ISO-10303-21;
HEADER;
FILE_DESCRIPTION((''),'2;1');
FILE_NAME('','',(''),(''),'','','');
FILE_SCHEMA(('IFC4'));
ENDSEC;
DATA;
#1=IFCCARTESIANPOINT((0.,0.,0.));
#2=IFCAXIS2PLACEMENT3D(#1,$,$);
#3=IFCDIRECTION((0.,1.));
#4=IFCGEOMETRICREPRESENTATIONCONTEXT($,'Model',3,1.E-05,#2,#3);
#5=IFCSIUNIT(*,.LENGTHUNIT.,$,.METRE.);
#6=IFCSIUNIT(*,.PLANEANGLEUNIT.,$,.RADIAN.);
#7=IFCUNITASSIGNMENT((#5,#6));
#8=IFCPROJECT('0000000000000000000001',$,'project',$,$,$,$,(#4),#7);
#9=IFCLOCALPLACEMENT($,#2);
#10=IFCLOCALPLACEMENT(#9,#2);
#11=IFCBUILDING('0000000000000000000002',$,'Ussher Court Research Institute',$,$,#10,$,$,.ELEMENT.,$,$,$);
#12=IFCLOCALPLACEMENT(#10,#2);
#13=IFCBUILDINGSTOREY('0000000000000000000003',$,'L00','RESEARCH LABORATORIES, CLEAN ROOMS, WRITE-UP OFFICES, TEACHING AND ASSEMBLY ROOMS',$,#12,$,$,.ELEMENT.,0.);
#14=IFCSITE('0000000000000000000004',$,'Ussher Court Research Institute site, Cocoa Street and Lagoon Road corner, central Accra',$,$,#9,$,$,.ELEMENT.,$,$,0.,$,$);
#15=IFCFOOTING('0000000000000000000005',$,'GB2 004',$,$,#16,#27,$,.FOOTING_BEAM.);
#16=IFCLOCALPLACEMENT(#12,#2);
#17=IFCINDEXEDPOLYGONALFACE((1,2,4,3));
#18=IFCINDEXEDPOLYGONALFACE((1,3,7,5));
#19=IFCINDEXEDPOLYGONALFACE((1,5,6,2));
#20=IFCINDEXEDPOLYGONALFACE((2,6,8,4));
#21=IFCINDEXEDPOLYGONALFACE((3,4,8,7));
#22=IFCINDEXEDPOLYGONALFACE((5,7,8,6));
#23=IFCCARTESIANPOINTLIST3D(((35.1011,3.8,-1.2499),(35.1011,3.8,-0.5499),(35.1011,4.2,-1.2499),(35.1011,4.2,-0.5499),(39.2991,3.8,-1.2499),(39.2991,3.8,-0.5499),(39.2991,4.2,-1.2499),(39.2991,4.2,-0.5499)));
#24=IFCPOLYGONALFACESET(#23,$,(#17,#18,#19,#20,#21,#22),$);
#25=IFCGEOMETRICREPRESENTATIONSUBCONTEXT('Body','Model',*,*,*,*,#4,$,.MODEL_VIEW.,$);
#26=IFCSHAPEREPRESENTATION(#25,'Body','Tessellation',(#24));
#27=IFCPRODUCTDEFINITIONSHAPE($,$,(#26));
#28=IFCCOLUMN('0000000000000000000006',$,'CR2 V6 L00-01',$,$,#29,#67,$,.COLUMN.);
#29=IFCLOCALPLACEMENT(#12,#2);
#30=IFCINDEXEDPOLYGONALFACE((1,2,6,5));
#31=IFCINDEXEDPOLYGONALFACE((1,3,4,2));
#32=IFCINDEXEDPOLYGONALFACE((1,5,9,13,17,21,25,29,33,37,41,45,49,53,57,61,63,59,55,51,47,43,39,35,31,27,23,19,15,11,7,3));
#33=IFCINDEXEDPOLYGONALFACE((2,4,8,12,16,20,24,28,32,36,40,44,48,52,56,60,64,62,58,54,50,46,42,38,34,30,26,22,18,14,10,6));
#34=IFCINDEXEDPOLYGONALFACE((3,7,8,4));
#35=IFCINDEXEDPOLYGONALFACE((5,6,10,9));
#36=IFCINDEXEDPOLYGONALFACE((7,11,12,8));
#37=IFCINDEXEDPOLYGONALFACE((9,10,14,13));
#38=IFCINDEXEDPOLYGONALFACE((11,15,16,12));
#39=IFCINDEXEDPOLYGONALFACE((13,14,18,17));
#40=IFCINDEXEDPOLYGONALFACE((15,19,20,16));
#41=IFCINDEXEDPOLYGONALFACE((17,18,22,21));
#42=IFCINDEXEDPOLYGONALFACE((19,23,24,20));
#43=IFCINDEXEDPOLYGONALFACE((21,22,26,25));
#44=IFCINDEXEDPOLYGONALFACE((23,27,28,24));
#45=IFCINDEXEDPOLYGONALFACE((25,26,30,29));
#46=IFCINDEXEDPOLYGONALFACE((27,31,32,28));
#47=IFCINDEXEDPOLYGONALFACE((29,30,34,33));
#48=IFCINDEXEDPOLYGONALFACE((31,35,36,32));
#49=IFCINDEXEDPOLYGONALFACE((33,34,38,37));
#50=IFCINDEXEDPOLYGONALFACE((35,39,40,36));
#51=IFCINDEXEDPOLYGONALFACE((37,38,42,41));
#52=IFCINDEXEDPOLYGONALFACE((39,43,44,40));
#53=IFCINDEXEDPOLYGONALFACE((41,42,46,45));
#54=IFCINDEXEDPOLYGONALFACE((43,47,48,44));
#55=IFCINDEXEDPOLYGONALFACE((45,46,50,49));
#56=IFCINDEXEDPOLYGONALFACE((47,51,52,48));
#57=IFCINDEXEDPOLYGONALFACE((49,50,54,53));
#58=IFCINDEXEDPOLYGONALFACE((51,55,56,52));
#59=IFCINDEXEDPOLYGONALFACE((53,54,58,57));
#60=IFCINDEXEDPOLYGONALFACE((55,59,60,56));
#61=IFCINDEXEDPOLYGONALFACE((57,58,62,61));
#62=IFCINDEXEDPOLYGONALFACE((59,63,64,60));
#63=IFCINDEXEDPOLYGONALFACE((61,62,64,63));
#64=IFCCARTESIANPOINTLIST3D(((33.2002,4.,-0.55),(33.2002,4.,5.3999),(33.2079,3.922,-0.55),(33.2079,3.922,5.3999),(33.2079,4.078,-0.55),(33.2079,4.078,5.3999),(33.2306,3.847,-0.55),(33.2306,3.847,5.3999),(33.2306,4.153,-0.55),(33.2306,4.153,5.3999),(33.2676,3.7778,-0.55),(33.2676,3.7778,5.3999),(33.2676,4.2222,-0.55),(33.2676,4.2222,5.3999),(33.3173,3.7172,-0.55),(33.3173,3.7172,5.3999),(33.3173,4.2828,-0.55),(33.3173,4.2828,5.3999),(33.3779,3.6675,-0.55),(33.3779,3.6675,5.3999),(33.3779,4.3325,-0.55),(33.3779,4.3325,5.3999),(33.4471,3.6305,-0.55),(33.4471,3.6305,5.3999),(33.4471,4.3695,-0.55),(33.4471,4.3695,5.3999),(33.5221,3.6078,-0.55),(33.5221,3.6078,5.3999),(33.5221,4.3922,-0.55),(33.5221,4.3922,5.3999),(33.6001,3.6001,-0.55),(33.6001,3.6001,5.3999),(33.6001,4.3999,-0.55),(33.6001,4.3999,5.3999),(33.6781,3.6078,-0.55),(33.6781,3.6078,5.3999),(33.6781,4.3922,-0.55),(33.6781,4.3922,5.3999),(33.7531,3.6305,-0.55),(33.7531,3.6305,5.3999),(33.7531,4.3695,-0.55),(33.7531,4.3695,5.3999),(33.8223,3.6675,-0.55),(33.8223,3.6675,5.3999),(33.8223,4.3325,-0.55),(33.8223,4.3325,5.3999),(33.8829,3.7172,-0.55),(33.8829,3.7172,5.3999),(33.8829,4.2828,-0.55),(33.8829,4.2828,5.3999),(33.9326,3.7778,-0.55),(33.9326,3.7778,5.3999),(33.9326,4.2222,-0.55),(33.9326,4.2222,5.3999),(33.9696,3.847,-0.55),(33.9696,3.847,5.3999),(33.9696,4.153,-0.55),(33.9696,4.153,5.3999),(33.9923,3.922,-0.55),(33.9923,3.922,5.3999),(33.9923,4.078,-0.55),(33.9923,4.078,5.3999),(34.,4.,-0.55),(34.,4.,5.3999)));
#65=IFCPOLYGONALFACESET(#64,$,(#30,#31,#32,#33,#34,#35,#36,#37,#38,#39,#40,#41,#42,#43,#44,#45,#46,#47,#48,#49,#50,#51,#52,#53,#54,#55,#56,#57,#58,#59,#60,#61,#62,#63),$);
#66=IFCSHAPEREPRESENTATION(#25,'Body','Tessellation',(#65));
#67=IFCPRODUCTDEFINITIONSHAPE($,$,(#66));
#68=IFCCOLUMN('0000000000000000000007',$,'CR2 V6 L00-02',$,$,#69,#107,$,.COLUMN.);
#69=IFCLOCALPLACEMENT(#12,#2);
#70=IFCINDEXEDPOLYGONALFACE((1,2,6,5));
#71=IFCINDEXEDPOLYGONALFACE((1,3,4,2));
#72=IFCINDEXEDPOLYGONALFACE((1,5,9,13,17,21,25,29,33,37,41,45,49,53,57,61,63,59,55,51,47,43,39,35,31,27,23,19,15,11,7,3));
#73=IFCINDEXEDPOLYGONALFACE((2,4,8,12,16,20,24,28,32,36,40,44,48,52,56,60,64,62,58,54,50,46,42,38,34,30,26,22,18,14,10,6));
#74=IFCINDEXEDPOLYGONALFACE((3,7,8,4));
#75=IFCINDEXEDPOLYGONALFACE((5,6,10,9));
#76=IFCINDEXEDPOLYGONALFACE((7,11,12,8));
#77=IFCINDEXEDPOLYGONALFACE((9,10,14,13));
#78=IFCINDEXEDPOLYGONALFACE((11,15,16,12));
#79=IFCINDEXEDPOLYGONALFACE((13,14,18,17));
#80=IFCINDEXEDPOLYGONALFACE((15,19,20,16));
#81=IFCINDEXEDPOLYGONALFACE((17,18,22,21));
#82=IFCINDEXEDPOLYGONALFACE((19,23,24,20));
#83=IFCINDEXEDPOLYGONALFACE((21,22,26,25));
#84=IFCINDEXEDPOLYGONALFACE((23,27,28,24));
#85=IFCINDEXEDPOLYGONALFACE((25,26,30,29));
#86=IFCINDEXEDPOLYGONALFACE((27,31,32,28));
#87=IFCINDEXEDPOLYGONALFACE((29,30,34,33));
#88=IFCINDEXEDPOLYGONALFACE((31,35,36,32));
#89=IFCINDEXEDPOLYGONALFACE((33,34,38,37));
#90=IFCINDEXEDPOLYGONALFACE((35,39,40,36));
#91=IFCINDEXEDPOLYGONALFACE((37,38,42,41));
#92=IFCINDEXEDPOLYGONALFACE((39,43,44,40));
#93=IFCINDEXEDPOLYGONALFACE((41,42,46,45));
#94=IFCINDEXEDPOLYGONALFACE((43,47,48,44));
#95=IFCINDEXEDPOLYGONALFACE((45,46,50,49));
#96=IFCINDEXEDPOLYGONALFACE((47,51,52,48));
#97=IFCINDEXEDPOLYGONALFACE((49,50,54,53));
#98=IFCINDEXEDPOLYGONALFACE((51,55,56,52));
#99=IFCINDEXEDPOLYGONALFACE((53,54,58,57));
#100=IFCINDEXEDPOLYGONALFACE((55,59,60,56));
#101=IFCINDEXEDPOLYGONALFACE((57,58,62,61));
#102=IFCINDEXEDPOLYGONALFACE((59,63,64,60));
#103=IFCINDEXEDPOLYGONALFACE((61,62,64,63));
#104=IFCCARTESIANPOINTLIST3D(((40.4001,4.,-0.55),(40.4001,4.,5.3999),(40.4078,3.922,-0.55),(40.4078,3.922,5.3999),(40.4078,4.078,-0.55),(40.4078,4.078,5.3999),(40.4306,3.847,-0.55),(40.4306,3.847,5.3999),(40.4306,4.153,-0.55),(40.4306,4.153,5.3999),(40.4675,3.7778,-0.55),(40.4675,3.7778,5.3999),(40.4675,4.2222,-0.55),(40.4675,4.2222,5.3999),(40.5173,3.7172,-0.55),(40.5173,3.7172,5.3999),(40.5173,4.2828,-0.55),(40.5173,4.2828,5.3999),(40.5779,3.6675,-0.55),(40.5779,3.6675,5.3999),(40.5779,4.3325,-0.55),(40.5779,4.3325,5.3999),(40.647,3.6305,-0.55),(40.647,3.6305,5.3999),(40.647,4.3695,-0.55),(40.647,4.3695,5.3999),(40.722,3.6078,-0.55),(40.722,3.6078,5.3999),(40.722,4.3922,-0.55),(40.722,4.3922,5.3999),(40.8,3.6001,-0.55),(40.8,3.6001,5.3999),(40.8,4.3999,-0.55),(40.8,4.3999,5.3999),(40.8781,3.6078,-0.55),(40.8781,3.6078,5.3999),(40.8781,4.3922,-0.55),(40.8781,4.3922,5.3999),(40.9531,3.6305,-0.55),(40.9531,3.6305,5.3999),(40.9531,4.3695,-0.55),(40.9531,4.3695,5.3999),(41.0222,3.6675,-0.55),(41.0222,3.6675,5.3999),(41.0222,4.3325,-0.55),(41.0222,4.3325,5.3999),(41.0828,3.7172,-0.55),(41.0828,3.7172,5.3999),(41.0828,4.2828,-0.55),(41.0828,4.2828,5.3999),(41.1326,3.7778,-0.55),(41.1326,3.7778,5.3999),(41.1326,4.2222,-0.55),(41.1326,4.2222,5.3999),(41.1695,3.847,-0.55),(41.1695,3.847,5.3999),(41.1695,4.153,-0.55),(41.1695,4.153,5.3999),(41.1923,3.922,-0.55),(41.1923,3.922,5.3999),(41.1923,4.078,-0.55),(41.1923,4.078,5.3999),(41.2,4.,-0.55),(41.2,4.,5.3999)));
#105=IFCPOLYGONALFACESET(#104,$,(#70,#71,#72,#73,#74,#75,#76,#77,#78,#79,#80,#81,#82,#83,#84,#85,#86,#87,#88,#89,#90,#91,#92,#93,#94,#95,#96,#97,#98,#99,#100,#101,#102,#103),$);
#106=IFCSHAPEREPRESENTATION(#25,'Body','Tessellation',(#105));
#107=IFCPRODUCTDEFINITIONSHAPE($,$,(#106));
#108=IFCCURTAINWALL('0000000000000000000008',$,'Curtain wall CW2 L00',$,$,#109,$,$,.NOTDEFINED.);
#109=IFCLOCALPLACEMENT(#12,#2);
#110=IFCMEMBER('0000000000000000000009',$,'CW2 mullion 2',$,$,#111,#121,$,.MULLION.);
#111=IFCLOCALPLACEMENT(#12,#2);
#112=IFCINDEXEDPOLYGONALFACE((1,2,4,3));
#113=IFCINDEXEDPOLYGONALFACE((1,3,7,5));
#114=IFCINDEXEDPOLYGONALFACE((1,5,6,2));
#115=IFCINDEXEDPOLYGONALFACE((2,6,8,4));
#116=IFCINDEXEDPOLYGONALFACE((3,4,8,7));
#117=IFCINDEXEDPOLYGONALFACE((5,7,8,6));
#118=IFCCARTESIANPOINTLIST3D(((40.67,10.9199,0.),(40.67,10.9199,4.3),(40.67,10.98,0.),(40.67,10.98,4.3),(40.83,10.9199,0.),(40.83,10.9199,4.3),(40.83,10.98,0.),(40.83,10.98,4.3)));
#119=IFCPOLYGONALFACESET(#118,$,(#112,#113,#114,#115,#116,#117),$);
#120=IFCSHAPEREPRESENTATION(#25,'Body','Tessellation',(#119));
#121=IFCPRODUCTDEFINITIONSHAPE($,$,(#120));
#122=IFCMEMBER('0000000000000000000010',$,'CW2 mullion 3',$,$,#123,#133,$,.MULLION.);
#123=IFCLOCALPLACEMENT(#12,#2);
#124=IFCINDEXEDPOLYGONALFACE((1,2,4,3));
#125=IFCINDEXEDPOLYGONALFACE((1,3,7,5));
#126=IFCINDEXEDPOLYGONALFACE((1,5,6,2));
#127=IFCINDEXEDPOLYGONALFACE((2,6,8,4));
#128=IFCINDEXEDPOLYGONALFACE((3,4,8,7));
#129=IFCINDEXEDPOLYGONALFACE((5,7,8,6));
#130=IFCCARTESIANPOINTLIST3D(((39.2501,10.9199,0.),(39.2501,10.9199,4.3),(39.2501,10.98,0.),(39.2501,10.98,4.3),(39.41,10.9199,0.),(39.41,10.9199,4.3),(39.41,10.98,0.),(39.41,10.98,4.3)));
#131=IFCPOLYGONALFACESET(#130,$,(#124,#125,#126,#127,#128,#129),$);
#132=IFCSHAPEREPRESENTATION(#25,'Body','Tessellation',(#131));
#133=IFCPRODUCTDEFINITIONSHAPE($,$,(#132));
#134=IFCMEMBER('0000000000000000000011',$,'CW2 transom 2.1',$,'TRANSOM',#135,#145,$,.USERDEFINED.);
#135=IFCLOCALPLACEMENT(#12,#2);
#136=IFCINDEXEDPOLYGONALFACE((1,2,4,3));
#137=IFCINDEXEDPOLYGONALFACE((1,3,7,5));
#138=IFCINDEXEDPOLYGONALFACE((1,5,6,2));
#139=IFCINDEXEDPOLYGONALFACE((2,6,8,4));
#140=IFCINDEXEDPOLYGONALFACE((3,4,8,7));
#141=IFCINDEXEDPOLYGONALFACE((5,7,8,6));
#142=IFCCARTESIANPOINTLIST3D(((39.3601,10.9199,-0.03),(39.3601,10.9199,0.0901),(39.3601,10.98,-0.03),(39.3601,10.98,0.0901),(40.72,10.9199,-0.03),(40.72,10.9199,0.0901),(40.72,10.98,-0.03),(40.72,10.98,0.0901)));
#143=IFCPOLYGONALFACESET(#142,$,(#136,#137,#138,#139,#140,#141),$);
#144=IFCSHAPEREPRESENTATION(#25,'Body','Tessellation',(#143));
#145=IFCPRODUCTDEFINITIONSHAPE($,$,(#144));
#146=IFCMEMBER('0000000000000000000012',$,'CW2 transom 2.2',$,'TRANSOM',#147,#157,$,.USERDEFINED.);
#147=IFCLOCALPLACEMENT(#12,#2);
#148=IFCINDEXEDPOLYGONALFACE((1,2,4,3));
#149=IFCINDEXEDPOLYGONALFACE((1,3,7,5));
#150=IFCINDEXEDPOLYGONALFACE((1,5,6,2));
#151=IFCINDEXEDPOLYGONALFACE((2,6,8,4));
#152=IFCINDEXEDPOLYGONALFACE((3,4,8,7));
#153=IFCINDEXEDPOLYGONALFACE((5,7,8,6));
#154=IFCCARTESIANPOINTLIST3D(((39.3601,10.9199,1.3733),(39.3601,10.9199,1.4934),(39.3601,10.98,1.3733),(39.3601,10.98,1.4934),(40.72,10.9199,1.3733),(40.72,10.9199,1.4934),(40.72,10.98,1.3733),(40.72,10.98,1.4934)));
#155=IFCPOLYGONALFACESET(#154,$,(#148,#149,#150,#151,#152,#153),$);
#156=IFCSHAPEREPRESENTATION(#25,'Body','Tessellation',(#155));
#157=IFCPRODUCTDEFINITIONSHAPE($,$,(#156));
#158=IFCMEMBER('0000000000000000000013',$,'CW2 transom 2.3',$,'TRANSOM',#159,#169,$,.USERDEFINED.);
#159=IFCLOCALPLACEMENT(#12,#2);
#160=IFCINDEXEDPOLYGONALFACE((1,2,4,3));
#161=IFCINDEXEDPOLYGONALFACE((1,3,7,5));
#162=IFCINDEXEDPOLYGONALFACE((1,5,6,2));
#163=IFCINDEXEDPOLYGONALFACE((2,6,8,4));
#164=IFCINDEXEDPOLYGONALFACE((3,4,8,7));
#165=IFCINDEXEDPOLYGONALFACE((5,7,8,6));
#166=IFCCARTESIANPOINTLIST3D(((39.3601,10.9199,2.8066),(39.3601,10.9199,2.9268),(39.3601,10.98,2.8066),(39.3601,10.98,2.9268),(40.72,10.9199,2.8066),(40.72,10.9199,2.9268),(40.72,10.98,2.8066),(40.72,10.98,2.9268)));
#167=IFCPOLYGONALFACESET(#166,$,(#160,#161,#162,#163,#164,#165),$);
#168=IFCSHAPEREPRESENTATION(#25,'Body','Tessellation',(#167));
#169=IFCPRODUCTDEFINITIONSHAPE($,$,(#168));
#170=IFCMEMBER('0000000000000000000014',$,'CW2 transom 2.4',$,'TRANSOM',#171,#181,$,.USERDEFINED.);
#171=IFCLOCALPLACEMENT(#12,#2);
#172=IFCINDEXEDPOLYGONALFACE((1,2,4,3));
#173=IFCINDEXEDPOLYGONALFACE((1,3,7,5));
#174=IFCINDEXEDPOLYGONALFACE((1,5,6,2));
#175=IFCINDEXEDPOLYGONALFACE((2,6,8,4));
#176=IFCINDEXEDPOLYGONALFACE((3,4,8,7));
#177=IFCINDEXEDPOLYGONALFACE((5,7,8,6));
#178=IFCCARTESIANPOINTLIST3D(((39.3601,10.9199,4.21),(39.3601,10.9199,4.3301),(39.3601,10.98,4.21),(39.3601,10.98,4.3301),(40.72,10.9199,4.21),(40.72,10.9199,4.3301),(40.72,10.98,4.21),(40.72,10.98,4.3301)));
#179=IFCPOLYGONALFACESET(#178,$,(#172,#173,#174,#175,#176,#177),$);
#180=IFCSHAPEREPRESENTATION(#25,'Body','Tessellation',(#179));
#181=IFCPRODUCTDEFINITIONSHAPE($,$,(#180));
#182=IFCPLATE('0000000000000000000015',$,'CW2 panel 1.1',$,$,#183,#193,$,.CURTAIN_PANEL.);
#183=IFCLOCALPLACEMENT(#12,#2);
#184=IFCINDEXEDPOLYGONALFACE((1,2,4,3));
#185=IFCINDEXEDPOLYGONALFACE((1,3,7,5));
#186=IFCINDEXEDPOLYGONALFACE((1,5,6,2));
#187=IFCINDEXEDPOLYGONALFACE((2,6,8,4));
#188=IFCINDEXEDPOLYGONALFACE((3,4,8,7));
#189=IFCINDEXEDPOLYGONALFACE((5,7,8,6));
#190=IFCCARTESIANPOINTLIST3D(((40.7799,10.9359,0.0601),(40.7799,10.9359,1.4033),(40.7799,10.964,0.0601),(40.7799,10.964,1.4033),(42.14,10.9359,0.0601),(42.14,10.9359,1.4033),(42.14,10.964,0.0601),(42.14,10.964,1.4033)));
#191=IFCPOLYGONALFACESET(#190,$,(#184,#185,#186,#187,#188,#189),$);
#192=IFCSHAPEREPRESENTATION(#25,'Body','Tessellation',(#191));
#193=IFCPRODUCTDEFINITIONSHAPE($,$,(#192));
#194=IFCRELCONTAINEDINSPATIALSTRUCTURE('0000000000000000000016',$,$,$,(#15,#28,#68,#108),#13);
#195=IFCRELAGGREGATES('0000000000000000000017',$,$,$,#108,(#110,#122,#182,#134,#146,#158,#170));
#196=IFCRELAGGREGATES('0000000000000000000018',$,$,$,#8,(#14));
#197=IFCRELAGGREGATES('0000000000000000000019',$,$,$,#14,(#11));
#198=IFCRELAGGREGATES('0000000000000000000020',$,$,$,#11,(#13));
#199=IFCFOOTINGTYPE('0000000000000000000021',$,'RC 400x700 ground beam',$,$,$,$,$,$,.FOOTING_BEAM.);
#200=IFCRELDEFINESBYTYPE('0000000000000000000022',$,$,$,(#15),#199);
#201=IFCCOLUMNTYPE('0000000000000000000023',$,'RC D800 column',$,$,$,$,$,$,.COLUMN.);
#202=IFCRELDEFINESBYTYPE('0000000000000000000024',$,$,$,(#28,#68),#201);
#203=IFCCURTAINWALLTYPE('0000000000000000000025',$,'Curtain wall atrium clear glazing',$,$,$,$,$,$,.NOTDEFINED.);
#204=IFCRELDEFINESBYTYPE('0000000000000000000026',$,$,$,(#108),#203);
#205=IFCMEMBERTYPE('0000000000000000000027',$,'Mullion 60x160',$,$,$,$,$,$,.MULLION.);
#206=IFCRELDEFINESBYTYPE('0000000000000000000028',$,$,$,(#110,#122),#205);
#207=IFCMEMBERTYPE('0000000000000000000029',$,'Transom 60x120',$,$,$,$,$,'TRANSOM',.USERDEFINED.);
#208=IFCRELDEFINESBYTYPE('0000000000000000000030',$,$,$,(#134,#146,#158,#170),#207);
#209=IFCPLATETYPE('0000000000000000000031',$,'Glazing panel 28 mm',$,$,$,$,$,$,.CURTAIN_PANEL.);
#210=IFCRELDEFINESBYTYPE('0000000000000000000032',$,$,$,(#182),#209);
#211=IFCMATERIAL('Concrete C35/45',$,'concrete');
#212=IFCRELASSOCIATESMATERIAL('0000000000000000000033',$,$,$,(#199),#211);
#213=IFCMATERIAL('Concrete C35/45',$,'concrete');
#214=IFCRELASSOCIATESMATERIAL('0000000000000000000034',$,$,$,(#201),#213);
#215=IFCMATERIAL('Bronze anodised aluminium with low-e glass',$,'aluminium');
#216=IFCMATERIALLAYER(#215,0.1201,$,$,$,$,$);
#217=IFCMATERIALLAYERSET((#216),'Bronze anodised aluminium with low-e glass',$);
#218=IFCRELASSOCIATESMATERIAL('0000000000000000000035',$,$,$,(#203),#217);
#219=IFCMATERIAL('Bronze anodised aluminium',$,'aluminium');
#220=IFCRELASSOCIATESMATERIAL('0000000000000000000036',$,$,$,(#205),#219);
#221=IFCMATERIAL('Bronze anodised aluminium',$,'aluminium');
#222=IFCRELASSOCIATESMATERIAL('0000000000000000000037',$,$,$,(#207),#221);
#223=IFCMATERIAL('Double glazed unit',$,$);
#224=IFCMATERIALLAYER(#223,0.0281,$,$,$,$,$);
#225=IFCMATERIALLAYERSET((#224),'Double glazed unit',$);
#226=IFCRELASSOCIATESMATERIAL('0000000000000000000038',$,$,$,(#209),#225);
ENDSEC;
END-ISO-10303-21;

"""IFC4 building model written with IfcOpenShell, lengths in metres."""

from ifc_helpers import new_model, si_unit, direction, frame, origin, origin_2d, place, context, subcontext, project, spatial, rectangle, circle, extrude, material, layer, layer_set, material_profile, profile_set, type_object, element, aggregate, save


model = new_model("IFC4")

# Units and contexts
model_context = context("Model", 3, precision=1e-05, world=origin(), true_north=direction((0.0, 1.0)))
body_context = subcontext(model_context, "Body", "Model", "MODEL_VIEW")
ifc_project = project(units=[si_unit("LENGTHUNIT", "METRE"), si_unit("PLANEANGLEUNIT", "RADIAN")], contexts=[model_context])

# Site, building, storey
site_placement = place(None, origin())
site = spatial("IfcSite", under=ifc_project, at=site_placement, Name="Ussher Court Research Institute site, Cocoa Street and Lagoon Road corner, central Accra", CompositionType="ELEMENT", RefElevation=0.0)
building_placement = place(site_placement, origin())
building = spatial("IfcBuilding", under=site, at=building_placement, Name="Ussher Court Research Institute", CompositionType="ELEMENT")
storey_placement = place(building_placement, origin())
storey = spatial("IfcBuildingStorey", under=building, at=storey_placement, Name="L00", Description="RESEARCH LABORATORIES, CLEAN ROOMS, WRITE-UP OFFICES, TEACHING AND ASSEMBLY ROOMS", CompositionType="ELEMENT", Elevation=0.0)

# Footing
ifc_material_1 = material(Name="Concrete C35/45", Category="concrete")
ifc_material_profile_1 = material_profile(ifc_material_1, rectangle(XDim=0.3999, YDim=0.7, at=origin_2d()), Name="RC 400x700")
ifc_profile_set_1 = profile_set([ifc_material_profile_1], Name="Concrete C35/45")
footing_type = type_object("IfcFootingType", Name="RC 400x700 ground beam", PredefinedType="FOOTING_BEAM", material=ifc_profile_set_1)
footing_placement = place(storey_placement, frame((35.1011, 4.0, -0.8999), z_axis=(1.0, 0.0, 0.0), x_axis=(0.0, 1.0, 0.0)))
element("IfcFooting", 1, at=footing_placement, inside=storey, type_object=footing_type, Name="GB2 004", PredefinedType="FOOTING_BEAM", context=body_context, shape_type="SweptSolid", body=[
    extrude(rectangle(XDim=0.3999, YDim=0.7, at=origin_2d()), origin(), (0.0, 0.0, 1.0), 4.198),
])

# Columns
ifc_material_2 = material(Name="Concrete C35/45", Category="concrete")
ifc_material_profile_2 = material_profile(ifc_material_2, circle(Radius=0.3999, at=origin_2d()), Name="RC D800")
ifc_profile_set_2 = profile_set([ifc_material_profile_2], Name="Concrete C35/45")
column_type = type_object("IfcColumnType", Name="RC D800 column", PredefinedType="COLUMN", material=ifc_profile_set_2)
for number, where, z_axis, x_axis, name in (
    (2, (33.6001, 4.0, -0.55), (0.0, 0.0, 1.0), (1.0, 0.0, 0.0), "CR2 V6 L00-01"),
    (3, (40.8, 4.0, -0.55), (0.0, 0.0, 1.0), (1.0, 0.0, 0.0), "CR2 V6 L00-02"),
):
    element("IfcColumn", number, at=place(storey_placement, frame(where, z_axis=z_axis, x_axis=x_axis)), inside=storey, type_object=column_type, Name=name, PredefinedType="COLUMN", context=body_context, shape_type="SweptSolid", body=[
        extrude(circle(Radius=0.3999, at=origin_2d()), origin(), (0.0, 0.0, 1.0), 5.95),
    ])

# Curtain wall, members, plate
ifc_material_3 = material(Name="Bronze anodised aluminium with low-e glass", Category="aluminium")
ifc_layer_1 = layer(ifc_material_3, 0.1201)
ifc_layer_set_1 = layer_set([ifc_layer_1], Name="Bronze anodised aluminium with low-e glass")
curtain_wall_type = type_object("IfcCurtainWallType", Name="Curtain wall atrium clear glazing", PredefinedType="NOTDEFINED", material=ifc_layer_set_1)
curtain_wall_placement = place(storey_placement, origin())
curtain_wall = element("IfcCurtainWall", 4, at=curtain_wall_placement, inside=storey, type_object=curtain_wall_type, Name="Curtain wall CW2 L00", PredefinedType="NOTDEFINED")
ifc_material_4 = material(Name="Bronze anodised aluminium", Category="aluminium")
ifc_material_profile_3 = material_profile(ifc_material_4, rectangle(XDim=0.0601, YDim=0.1599, at=origin_2d()), Name="Mullion 60x160")
ifc_profile_set_3 = profile_set([ifc_material_profile_3], Name="Bronze anodised aluminium")
member_type_1 = type_object("IfcMemberType", Name="Mullion 60x160", PredefinedType="MULLION", material=ifc_profile_set_3)
member_1_placement = place(storey_placement, frame((40.75, 10.95, 0.0), z_axis=(0.0, 0.0, 1.0), x_axis=(0.0, -1.0, 0.0)))
member_1 = element("IfcMember", 5, at=member_1_placement, type_object=member_type_1, Name="CW2 mullion 2", PredefinedType="MULLION", context=body_context, shape_type="SweptSolid", body=[
    extrude(rectangle(XDim=0.0601, YDim=0.1599, at=origin_2d()), origin(), (0.0, 0.0, 1.0), 4.3),
])
member_2_placement = place(storey_placement, frame((39.3301, 10.95, 0.0), z_axis=(0.0, 0.0, 1.0), x_axis=(0.0, -1.0, 0.0)))
member_2 = element("IfcMember", 6, at=member_2_placement, type_object=member_type_1, Name="CW2 mullion 3", PredefinedType="MULLION", context=body_context, shape_type="SweptSolid", body=[
    extrude(rectangle(XDim=0.0601, YDim=0.1599, at=origin_2d()), origin(), (0.0, 0.0, 1.0), 4.3),
])
ifc_material_5 = material(Name="Bronze anodised aluminium", Category="aluminium")
ifc_material_profile_4 = material_profile(ifc_material_5, rectangle(XDim=0.0601, YDim=0.1201, at=origin_2d()), Name="Transom 60x120")
ifc_profile_set_4 = profile_set([ifc_material_profile_4], Name="Bronze anodised aluminium")
member_type_2 = type_object("IfcMemberType", Name="Transom 60x120", ElementType="TRANSOM", PredefinedType="USERDEFINED", material=ifc_profile_set_4)
member_3_placement = place(storey_placement, frame((40.72, 10.95, 0.03), z_axis=(-1.0, 0.0, 0.0), x_axis=(0.0, -1.0, 0.0)))
member_3 = element("IfcMember", 7, at=member_3_placement, type_object=member_type_2, Name="CW2 transom 2.1", ObjectType="TRANSOM", PredefinedType="USERDEFINED", context=body_context, shape_type="SweptSolid", body=[
    extrude(rectangle(XDim=0.0601, YDim=0.1201, at=origin_2d()), origin(), (0.0, 0.0, 1.0), 1.3599),
])
member_4_placement = place(storey_placement, frame((40.72, 10.95, 1.4333), z_axis=(-1.0, 0.0, 0.0), x_axis=(0.0, -1.0, 0.0)))
member_4 = element("IfcMember", 8, at=member_4_placement, type_object=member_type_2, Name="CW2 transom 2.2", ObjectType="TRANSOM", PredefinedType="USERDEFINED", context=body_context, shape_type="SweptSolid", body=[
    extrude(rectangle(XDim=0.0601, YDim=0.1201, at=origin_2d()), origin(), (0.0, 0.0, 1.0), 1.3599),
])
member_5_placement = place(storey_placement, frame((40.72, 10.95, 2.8667), z_axis=(-1.0, 0.0, 0.0), x_axis=(0.0, -1.0, 0.0)))
member_5 = element("IfcMember", 9, at=member_5_placement, type_object=member_type_2, Name="CW2 transom 2.3", ObjectType="TRANSOM", PredefinedType="USERDEFINED", context=body_context, shape_type="SweptSolid", body=[
    extrude(rectangle(XDim=0.0601, YDim=0.1201, at=origin_2d()), origin(), (0.0, 0.0, 1.0), 1.3599),
])
member_6_placement = place(storey_placement, frame((40.72, 10.95, 4.27), z_axis=(-1.0, 0.0, 0.0), x_axis=(0.0, -1.0, 0.0)))
member_6 = element("IfcMember", 10, at=member_6_placement, type_object=member_type_2, Name="CW2 transom 2.4", ObjectType="TRANSOM", PredefinedType="USERDEFINED", context=body_context, shape_type="SweptSolid", body=[
    extrude(rectangle(XDim=0.0601, YDim=0.1201, at=origin_2d()), origin(), (0.0, 0.0, 1.0), 1.3599),
])
ifc_material_6 = material(Name="Double glazed unit")
ifc_layer_2 = layer(ifc_material_6, 0.0281)
ifc_layer_set_2 = layer_set([ifc_layer_2], Name="Double glazed unit")
plate_type = type_object("IfcPlateType", Name="Glazing panel 28 mm", PredefinedType="CURTAIN_PANEL", material=ifc_layer_set_2)
plate_1_placement = place(storey_placement, frame((41.46, 10.95, 0.0601), z_axis=(0.0, 0.0, 1.0), x_axis=(-1.0, 0.0, 0.0)))
plate_1 = element("IfcPlate", 11, at=plate_1_placement, type_object=plate_type, Name="CW2 panel 1.1", PredefinedType="CURTAIN_PANEL", context=body_context, shape_type="SweptSolid", body=[
    extrude(rectangle(XDim=1.3601, YDim=0.0281, at=origin_2d()), origin(), (0.0, 0.0, 1.0), 1.3433),
])
aggregate(curtain_wall, [member_1, member_2, plate_1, member_3, member_4, member_5, member_6])

save(model, "model.ifc")
